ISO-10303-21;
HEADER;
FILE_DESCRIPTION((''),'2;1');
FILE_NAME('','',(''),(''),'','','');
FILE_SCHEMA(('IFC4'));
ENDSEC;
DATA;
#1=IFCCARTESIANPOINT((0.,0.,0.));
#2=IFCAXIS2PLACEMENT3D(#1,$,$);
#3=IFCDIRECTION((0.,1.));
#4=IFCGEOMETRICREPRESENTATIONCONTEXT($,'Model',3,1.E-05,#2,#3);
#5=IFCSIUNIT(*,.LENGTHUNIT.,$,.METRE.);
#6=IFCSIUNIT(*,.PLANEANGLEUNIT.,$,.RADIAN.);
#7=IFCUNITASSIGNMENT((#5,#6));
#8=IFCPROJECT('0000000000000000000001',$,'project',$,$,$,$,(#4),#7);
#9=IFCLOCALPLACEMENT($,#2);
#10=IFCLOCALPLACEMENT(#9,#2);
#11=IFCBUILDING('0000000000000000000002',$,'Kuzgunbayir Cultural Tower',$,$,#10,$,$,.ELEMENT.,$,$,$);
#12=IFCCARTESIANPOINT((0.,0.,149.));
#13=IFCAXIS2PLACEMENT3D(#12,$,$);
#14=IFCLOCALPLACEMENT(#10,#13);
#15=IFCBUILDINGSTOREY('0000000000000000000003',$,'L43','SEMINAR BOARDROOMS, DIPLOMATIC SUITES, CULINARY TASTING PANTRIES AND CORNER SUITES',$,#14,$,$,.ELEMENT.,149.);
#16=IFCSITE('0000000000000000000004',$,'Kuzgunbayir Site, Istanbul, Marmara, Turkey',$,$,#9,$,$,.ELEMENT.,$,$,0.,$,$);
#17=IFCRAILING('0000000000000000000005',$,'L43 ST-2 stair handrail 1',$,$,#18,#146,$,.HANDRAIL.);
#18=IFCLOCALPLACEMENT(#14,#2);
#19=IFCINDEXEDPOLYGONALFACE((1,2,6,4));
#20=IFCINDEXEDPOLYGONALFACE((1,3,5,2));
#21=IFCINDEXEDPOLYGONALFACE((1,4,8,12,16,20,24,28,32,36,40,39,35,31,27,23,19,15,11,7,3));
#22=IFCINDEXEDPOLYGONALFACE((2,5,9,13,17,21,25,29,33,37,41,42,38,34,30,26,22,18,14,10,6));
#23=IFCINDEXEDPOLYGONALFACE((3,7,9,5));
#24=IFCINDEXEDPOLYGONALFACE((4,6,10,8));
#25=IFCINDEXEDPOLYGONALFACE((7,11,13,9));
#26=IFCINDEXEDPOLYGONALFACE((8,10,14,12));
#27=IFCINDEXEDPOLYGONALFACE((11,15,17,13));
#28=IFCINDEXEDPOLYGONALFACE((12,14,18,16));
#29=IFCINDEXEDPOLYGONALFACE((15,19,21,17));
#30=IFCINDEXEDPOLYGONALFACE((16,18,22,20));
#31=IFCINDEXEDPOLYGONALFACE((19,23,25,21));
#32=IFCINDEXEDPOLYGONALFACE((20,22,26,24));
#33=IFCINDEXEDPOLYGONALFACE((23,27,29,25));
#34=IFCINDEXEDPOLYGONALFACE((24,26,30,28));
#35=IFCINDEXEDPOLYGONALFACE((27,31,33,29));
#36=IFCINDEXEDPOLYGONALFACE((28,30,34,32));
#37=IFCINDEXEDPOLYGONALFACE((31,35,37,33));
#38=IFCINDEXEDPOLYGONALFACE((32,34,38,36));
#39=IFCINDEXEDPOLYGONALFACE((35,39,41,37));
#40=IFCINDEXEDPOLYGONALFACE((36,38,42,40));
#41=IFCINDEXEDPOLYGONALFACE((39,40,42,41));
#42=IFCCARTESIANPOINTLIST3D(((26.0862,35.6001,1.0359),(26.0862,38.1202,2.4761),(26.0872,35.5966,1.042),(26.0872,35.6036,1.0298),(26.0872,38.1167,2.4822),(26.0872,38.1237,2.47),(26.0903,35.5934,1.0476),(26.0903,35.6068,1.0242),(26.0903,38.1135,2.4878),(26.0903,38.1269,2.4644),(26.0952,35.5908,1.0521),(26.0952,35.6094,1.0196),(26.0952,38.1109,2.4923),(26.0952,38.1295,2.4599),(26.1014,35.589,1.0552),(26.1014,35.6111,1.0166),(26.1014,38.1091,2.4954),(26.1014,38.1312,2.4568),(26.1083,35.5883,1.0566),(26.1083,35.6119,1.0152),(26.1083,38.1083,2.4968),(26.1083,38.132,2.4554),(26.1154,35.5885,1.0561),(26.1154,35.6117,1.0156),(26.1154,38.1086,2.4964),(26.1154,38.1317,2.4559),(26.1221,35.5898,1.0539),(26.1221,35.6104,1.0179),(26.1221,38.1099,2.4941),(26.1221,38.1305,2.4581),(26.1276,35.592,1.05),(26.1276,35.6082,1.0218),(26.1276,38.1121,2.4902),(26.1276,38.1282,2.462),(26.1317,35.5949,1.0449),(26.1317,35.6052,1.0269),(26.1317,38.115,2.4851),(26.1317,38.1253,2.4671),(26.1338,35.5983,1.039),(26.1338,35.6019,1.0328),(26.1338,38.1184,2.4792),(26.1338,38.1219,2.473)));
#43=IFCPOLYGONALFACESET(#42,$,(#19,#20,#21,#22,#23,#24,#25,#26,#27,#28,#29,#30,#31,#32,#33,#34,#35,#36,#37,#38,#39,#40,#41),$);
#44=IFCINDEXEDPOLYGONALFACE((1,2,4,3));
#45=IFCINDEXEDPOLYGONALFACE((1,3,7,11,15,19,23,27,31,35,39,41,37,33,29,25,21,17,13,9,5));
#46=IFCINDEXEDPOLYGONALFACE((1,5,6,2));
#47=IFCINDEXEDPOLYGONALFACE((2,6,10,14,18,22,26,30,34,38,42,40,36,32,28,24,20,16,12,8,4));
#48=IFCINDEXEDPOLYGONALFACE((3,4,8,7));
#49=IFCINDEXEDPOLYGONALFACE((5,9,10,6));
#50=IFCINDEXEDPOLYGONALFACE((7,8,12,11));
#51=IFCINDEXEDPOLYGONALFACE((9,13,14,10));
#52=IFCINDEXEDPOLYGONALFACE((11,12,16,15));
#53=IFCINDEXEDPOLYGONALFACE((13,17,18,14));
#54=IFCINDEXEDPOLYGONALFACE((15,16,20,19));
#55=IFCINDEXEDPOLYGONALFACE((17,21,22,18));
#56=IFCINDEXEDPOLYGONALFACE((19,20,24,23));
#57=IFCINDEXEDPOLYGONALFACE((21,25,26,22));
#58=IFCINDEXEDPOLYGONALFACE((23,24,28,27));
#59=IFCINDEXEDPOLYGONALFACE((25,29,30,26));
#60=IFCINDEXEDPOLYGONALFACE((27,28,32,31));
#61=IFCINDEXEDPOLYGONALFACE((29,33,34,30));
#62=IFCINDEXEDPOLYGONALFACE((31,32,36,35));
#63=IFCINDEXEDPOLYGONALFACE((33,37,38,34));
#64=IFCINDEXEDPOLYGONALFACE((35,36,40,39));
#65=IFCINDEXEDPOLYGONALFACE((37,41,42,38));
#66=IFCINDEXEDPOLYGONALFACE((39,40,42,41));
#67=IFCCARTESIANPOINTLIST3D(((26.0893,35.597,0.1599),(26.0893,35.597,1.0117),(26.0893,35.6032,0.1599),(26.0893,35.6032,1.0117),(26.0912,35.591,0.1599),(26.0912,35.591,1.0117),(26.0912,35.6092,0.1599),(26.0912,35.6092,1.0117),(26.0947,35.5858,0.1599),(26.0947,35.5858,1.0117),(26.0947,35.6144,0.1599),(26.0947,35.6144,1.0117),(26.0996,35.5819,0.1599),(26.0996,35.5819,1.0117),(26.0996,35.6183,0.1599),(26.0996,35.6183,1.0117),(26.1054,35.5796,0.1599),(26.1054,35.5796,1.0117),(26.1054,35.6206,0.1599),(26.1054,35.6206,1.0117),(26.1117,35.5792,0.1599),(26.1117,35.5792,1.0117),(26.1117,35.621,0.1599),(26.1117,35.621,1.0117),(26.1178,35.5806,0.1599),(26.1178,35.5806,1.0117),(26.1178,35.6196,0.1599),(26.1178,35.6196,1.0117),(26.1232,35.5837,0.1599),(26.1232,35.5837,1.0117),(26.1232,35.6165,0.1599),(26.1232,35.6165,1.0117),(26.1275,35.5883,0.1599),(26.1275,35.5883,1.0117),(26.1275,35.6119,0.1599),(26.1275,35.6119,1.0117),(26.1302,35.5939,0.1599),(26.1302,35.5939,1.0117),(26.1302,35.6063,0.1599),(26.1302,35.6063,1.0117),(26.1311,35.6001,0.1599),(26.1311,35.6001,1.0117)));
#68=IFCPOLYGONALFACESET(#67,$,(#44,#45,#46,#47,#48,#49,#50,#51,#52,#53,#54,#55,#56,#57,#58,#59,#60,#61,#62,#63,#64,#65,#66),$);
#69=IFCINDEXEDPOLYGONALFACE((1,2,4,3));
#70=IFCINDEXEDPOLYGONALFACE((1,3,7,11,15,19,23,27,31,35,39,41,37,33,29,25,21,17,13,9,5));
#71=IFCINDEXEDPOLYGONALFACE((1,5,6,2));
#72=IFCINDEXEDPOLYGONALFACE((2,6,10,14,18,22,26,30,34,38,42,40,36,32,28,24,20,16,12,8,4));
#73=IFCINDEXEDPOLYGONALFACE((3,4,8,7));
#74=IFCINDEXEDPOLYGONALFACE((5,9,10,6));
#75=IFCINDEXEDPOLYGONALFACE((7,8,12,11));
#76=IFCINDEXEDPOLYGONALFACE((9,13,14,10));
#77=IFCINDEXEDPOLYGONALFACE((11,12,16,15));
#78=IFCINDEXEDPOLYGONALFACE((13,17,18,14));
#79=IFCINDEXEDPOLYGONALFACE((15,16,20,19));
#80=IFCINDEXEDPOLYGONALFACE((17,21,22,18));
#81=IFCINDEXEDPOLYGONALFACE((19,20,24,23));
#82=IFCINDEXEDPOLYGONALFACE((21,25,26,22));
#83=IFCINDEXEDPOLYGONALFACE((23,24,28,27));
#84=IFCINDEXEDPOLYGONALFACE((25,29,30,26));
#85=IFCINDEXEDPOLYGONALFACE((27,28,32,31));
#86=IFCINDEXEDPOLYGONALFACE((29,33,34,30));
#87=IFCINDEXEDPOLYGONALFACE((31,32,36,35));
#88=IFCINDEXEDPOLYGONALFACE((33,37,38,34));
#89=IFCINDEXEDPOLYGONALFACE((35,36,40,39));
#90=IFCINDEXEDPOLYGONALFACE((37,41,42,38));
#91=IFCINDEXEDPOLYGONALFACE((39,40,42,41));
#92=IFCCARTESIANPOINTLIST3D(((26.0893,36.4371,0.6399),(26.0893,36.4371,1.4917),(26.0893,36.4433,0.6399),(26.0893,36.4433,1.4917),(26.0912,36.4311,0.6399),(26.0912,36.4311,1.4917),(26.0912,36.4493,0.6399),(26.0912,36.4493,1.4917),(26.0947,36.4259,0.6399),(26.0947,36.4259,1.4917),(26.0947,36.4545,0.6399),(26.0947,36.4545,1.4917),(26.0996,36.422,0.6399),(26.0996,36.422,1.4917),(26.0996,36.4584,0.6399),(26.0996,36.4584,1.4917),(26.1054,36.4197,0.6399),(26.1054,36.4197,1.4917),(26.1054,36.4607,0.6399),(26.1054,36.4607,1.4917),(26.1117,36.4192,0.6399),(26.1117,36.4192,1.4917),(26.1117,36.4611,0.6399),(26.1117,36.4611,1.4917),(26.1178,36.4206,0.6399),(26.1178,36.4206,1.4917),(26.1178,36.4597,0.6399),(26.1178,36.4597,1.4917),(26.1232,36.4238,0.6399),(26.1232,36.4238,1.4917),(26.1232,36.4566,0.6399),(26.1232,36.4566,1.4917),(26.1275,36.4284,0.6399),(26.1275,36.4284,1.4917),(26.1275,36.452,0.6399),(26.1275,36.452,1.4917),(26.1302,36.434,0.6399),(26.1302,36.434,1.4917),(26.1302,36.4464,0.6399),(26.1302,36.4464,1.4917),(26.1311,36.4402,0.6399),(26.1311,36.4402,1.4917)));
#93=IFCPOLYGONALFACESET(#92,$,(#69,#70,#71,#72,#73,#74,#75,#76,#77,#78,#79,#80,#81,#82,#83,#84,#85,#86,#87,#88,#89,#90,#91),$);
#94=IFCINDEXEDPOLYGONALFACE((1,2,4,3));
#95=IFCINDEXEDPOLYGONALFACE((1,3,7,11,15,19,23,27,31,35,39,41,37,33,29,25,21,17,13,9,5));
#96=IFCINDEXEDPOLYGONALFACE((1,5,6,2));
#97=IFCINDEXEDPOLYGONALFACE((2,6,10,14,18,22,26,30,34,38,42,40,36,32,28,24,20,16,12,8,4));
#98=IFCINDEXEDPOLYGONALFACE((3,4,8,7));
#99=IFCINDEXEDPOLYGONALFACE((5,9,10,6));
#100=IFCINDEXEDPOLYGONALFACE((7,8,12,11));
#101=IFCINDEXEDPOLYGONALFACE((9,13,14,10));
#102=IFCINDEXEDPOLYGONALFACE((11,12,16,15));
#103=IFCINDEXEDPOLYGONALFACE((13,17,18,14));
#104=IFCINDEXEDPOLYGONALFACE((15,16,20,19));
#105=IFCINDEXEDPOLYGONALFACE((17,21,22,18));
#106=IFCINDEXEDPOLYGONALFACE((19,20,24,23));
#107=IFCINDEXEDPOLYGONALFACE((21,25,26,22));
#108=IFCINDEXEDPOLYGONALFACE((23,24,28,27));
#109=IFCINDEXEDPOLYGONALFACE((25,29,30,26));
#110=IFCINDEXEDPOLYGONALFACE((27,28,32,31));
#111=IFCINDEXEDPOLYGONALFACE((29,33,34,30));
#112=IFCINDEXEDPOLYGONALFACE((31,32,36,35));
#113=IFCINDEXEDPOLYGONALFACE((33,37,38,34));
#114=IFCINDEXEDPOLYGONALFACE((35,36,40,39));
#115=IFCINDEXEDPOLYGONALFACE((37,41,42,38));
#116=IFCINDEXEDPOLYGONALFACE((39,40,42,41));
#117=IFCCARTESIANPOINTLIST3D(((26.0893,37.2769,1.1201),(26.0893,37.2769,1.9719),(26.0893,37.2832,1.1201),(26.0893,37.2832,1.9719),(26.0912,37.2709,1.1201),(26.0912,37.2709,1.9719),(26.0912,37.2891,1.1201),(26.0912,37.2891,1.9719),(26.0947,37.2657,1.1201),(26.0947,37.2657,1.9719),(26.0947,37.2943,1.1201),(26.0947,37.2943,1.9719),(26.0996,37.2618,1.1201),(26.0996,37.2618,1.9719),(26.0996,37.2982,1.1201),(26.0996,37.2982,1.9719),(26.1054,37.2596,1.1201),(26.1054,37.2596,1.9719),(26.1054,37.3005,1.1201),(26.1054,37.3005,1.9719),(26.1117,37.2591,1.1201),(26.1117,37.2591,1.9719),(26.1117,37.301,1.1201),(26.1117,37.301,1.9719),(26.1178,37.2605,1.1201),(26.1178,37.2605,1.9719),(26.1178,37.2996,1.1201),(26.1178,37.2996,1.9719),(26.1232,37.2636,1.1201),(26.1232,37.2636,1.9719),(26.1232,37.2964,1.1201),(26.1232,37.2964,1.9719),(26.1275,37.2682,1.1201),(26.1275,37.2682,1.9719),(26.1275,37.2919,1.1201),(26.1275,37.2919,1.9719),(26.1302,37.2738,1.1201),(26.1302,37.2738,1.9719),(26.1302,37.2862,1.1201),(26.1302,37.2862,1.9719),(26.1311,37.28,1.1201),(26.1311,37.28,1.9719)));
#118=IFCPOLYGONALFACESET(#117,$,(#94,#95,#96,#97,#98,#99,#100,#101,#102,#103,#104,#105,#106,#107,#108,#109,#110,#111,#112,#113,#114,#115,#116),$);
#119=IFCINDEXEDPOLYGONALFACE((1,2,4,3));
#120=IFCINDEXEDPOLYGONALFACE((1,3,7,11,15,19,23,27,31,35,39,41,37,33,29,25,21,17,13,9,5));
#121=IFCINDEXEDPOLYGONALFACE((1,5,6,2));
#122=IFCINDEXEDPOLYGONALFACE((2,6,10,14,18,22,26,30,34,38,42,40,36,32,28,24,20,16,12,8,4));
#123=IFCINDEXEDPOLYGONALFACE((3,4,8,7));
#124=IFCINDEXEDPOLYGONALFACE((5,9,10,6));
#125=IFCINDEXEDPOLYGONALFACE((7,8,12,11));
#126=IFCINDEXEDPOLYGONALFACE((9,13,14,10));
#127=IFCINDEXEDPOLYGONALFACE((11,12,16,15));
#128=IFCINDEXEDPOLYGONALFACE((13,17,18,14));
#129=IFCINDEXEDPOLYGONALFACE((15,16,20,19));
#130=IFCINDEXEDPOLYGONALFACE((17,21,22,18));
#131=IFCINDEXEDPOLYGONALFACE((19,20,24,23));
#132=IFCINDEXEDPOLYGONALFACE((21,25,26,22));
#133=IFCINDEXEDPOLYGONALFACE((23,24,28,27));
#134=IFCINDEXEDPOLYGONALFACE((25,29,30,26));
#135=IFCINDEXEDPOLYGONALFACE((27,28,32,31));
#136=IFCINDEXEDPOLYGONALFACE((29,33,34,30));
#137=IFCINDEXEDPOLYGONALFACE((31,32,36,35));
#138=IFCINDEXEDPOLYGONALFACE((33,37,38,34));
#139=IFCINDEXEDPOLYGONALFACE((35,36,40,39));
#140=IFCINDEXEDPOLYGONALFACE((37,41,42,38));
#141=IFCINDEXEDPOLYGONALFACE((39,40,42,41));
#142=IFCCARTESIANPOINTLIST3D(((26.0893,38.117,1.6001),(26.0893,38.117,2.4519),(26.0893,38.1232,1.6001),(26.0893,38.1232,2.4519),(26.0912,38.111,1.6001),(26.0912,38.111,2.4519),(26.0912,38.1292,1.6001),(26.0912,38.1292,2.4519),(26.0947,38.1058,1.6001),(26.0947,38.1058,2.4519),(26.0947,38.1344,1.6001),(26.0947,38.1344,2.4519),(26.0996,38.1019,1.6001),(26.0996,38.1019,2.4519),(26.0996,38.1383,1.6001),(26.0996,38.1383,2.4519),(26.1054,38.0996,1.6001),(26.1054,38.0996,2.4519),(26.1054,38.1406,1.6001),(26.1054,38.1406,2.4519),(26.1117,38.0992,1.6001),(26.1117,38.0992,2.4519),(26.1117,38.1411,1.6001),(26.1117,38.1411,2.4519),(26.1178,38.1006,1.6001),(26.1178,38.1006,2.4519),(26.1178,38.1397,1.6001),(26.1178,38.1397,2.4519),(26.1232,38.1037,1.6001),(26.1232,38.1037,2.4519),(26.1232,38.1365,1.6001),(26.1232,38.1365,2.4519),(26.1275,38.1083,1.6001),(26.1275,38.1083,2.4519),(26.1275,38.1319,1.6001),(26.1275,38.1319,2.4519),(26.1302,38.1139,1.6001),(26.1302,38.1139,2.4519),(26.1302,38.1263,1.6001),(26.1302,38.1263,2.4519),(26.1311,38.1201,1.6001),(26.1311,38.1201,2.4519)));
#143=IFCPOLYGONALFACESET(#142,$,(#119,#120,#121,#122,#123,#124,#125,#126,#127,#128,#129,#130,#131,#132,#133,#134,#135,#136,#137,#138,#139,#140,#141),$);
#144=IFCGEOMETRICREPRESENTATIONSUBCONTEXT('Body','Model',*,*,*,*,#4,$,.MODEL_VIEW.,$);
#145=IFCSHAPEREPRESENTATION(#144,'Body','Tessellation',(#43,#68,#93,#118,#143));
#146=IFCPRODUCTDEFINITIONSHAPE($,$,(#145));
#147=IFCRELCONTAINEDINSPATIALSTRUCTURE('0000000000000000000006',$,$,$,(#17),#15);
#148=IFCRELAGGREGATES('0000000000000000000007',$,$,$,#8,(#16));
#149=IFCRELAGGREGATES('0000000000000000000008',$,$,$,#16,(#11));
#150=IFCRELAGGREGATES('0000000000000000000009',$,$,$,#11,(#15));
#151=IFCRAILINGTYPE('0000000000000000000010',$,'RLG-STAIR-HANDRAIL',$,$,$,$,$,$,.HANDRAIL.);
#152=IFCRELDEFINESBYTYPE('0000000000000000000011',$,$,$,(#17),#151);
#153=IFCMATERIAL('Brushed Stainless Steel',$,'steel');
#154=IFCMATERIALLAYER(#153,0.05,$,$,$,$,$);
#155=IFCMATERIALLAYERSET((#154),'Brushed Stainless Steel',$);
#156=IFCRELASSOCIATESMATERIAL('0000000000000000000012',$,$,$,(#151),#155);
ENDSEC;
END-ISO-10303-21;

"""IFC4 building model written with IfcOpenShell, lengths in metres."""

from ifc_helpers import new_model, si_unit, direction, frame, origin, origin_2d, place, context, subcontext, project, spatial, circle, extrude, material, layer, layer_set, type_object, element, save


model = new_model("IFC4")

# Units and contexts
model_context = context("Model", 3, precision=1e-05, world=origin(), true_north=direction((0.0, 1.0)))
body_context = subcontext(model_context, "Body", "Model", "MODEL_VIEW")
ifc_project = project(units=[si_unit("LENGTHUNIT", "METRE"), si_unit("PLANEANGLEUNIT", "RADIAN")], contexts=[model_context])

# Site, building, storey
site_placement = place(None, origin())
site = spatial("IfcSite", under=ifc_project, at=site_placement, Name="Kuzgunbayir Site, Istanbul, Marmara, Turkey", CompositionType="ELEMENT", RefElevation=0.0)
building_placement = place(site_placement, origin())
building = spatial("IfcBuilding", under=site, at=building_placement, Name="Kuzgunbayir Cultural Tower", CompositionType="ELEMENT")
storey_placement = place(building_placement, frame((0.0, 0.0, 149.0)))
storey = spatial("IfcBuildingStorey", under=building, at=storey_placement, Name="L43", Description="SEMINAR BOARDROOMS, DIPLOMATIC SUITES, CULINARY TASTING PANTRIES AND CORNER SUITES", CompositionType="ELEMENT", Elevation=149.0)

# Shared definitions
ifc_material_1 = material(Name="Brushed Stainless Steel", Category="steel")

# Railing
ifc_layer_1 = layer(ifc_material_1, 0.05)
ifc_layer_set_1 = layer_set([ifc_layer_1], Name="Brushed Stainless Steel")
railing_type_1 = type_object("IfcRailingType", Name="RLG-STAIR-HANDRAIL", PredefinedType="HANDRAIL", material=ifc_layer_set_1)
railing_1_placement = place(storey_placement, frame((26.1101, 35.6001, 0.1599)))
element("IfcRailing", 1, at=railing_1_placement, inside=storey, type_object=railing_type_1, Name="L43 ST-2 stair handrail 1", PredefinedType="HANDRAIL", context=body_context, shape_type="SweptSolid", body=[
    extrude(circle(Radius=0.0239, at=origin_2d()), frame((0.0, 0.0, 0.876), z_axis=(0.0, 0.868217, 0.496184), x_axis=(-1.0, 0.0, 0.0)), (0.0, 0.0, 1.0), 2.9026),
    extrude(circle(Radius=0.021, at=origin_2d()), origin(), (0.0, 0.0, 1.0), 0.8518),
    extrude(circle(Radius=0.021, at=origin_2d()), frame((0.0, 0.8401, 0.48)), (0.0, 0.0, 1.0), 0.8518),
    extrude(circle(Radius=0.021, at=origin_2d()), frame((0.0, 1.6799, 0.9602)), (0.0, 0.0, 1.0), 0.8518),
    extrude(circle(Radius=0.021, at=origin_2d()), frame((0.0, 2.52, 1.4402)), (0.0, 0.0, 1.0), 0.8518),
])

save(model, "model.ifc")
